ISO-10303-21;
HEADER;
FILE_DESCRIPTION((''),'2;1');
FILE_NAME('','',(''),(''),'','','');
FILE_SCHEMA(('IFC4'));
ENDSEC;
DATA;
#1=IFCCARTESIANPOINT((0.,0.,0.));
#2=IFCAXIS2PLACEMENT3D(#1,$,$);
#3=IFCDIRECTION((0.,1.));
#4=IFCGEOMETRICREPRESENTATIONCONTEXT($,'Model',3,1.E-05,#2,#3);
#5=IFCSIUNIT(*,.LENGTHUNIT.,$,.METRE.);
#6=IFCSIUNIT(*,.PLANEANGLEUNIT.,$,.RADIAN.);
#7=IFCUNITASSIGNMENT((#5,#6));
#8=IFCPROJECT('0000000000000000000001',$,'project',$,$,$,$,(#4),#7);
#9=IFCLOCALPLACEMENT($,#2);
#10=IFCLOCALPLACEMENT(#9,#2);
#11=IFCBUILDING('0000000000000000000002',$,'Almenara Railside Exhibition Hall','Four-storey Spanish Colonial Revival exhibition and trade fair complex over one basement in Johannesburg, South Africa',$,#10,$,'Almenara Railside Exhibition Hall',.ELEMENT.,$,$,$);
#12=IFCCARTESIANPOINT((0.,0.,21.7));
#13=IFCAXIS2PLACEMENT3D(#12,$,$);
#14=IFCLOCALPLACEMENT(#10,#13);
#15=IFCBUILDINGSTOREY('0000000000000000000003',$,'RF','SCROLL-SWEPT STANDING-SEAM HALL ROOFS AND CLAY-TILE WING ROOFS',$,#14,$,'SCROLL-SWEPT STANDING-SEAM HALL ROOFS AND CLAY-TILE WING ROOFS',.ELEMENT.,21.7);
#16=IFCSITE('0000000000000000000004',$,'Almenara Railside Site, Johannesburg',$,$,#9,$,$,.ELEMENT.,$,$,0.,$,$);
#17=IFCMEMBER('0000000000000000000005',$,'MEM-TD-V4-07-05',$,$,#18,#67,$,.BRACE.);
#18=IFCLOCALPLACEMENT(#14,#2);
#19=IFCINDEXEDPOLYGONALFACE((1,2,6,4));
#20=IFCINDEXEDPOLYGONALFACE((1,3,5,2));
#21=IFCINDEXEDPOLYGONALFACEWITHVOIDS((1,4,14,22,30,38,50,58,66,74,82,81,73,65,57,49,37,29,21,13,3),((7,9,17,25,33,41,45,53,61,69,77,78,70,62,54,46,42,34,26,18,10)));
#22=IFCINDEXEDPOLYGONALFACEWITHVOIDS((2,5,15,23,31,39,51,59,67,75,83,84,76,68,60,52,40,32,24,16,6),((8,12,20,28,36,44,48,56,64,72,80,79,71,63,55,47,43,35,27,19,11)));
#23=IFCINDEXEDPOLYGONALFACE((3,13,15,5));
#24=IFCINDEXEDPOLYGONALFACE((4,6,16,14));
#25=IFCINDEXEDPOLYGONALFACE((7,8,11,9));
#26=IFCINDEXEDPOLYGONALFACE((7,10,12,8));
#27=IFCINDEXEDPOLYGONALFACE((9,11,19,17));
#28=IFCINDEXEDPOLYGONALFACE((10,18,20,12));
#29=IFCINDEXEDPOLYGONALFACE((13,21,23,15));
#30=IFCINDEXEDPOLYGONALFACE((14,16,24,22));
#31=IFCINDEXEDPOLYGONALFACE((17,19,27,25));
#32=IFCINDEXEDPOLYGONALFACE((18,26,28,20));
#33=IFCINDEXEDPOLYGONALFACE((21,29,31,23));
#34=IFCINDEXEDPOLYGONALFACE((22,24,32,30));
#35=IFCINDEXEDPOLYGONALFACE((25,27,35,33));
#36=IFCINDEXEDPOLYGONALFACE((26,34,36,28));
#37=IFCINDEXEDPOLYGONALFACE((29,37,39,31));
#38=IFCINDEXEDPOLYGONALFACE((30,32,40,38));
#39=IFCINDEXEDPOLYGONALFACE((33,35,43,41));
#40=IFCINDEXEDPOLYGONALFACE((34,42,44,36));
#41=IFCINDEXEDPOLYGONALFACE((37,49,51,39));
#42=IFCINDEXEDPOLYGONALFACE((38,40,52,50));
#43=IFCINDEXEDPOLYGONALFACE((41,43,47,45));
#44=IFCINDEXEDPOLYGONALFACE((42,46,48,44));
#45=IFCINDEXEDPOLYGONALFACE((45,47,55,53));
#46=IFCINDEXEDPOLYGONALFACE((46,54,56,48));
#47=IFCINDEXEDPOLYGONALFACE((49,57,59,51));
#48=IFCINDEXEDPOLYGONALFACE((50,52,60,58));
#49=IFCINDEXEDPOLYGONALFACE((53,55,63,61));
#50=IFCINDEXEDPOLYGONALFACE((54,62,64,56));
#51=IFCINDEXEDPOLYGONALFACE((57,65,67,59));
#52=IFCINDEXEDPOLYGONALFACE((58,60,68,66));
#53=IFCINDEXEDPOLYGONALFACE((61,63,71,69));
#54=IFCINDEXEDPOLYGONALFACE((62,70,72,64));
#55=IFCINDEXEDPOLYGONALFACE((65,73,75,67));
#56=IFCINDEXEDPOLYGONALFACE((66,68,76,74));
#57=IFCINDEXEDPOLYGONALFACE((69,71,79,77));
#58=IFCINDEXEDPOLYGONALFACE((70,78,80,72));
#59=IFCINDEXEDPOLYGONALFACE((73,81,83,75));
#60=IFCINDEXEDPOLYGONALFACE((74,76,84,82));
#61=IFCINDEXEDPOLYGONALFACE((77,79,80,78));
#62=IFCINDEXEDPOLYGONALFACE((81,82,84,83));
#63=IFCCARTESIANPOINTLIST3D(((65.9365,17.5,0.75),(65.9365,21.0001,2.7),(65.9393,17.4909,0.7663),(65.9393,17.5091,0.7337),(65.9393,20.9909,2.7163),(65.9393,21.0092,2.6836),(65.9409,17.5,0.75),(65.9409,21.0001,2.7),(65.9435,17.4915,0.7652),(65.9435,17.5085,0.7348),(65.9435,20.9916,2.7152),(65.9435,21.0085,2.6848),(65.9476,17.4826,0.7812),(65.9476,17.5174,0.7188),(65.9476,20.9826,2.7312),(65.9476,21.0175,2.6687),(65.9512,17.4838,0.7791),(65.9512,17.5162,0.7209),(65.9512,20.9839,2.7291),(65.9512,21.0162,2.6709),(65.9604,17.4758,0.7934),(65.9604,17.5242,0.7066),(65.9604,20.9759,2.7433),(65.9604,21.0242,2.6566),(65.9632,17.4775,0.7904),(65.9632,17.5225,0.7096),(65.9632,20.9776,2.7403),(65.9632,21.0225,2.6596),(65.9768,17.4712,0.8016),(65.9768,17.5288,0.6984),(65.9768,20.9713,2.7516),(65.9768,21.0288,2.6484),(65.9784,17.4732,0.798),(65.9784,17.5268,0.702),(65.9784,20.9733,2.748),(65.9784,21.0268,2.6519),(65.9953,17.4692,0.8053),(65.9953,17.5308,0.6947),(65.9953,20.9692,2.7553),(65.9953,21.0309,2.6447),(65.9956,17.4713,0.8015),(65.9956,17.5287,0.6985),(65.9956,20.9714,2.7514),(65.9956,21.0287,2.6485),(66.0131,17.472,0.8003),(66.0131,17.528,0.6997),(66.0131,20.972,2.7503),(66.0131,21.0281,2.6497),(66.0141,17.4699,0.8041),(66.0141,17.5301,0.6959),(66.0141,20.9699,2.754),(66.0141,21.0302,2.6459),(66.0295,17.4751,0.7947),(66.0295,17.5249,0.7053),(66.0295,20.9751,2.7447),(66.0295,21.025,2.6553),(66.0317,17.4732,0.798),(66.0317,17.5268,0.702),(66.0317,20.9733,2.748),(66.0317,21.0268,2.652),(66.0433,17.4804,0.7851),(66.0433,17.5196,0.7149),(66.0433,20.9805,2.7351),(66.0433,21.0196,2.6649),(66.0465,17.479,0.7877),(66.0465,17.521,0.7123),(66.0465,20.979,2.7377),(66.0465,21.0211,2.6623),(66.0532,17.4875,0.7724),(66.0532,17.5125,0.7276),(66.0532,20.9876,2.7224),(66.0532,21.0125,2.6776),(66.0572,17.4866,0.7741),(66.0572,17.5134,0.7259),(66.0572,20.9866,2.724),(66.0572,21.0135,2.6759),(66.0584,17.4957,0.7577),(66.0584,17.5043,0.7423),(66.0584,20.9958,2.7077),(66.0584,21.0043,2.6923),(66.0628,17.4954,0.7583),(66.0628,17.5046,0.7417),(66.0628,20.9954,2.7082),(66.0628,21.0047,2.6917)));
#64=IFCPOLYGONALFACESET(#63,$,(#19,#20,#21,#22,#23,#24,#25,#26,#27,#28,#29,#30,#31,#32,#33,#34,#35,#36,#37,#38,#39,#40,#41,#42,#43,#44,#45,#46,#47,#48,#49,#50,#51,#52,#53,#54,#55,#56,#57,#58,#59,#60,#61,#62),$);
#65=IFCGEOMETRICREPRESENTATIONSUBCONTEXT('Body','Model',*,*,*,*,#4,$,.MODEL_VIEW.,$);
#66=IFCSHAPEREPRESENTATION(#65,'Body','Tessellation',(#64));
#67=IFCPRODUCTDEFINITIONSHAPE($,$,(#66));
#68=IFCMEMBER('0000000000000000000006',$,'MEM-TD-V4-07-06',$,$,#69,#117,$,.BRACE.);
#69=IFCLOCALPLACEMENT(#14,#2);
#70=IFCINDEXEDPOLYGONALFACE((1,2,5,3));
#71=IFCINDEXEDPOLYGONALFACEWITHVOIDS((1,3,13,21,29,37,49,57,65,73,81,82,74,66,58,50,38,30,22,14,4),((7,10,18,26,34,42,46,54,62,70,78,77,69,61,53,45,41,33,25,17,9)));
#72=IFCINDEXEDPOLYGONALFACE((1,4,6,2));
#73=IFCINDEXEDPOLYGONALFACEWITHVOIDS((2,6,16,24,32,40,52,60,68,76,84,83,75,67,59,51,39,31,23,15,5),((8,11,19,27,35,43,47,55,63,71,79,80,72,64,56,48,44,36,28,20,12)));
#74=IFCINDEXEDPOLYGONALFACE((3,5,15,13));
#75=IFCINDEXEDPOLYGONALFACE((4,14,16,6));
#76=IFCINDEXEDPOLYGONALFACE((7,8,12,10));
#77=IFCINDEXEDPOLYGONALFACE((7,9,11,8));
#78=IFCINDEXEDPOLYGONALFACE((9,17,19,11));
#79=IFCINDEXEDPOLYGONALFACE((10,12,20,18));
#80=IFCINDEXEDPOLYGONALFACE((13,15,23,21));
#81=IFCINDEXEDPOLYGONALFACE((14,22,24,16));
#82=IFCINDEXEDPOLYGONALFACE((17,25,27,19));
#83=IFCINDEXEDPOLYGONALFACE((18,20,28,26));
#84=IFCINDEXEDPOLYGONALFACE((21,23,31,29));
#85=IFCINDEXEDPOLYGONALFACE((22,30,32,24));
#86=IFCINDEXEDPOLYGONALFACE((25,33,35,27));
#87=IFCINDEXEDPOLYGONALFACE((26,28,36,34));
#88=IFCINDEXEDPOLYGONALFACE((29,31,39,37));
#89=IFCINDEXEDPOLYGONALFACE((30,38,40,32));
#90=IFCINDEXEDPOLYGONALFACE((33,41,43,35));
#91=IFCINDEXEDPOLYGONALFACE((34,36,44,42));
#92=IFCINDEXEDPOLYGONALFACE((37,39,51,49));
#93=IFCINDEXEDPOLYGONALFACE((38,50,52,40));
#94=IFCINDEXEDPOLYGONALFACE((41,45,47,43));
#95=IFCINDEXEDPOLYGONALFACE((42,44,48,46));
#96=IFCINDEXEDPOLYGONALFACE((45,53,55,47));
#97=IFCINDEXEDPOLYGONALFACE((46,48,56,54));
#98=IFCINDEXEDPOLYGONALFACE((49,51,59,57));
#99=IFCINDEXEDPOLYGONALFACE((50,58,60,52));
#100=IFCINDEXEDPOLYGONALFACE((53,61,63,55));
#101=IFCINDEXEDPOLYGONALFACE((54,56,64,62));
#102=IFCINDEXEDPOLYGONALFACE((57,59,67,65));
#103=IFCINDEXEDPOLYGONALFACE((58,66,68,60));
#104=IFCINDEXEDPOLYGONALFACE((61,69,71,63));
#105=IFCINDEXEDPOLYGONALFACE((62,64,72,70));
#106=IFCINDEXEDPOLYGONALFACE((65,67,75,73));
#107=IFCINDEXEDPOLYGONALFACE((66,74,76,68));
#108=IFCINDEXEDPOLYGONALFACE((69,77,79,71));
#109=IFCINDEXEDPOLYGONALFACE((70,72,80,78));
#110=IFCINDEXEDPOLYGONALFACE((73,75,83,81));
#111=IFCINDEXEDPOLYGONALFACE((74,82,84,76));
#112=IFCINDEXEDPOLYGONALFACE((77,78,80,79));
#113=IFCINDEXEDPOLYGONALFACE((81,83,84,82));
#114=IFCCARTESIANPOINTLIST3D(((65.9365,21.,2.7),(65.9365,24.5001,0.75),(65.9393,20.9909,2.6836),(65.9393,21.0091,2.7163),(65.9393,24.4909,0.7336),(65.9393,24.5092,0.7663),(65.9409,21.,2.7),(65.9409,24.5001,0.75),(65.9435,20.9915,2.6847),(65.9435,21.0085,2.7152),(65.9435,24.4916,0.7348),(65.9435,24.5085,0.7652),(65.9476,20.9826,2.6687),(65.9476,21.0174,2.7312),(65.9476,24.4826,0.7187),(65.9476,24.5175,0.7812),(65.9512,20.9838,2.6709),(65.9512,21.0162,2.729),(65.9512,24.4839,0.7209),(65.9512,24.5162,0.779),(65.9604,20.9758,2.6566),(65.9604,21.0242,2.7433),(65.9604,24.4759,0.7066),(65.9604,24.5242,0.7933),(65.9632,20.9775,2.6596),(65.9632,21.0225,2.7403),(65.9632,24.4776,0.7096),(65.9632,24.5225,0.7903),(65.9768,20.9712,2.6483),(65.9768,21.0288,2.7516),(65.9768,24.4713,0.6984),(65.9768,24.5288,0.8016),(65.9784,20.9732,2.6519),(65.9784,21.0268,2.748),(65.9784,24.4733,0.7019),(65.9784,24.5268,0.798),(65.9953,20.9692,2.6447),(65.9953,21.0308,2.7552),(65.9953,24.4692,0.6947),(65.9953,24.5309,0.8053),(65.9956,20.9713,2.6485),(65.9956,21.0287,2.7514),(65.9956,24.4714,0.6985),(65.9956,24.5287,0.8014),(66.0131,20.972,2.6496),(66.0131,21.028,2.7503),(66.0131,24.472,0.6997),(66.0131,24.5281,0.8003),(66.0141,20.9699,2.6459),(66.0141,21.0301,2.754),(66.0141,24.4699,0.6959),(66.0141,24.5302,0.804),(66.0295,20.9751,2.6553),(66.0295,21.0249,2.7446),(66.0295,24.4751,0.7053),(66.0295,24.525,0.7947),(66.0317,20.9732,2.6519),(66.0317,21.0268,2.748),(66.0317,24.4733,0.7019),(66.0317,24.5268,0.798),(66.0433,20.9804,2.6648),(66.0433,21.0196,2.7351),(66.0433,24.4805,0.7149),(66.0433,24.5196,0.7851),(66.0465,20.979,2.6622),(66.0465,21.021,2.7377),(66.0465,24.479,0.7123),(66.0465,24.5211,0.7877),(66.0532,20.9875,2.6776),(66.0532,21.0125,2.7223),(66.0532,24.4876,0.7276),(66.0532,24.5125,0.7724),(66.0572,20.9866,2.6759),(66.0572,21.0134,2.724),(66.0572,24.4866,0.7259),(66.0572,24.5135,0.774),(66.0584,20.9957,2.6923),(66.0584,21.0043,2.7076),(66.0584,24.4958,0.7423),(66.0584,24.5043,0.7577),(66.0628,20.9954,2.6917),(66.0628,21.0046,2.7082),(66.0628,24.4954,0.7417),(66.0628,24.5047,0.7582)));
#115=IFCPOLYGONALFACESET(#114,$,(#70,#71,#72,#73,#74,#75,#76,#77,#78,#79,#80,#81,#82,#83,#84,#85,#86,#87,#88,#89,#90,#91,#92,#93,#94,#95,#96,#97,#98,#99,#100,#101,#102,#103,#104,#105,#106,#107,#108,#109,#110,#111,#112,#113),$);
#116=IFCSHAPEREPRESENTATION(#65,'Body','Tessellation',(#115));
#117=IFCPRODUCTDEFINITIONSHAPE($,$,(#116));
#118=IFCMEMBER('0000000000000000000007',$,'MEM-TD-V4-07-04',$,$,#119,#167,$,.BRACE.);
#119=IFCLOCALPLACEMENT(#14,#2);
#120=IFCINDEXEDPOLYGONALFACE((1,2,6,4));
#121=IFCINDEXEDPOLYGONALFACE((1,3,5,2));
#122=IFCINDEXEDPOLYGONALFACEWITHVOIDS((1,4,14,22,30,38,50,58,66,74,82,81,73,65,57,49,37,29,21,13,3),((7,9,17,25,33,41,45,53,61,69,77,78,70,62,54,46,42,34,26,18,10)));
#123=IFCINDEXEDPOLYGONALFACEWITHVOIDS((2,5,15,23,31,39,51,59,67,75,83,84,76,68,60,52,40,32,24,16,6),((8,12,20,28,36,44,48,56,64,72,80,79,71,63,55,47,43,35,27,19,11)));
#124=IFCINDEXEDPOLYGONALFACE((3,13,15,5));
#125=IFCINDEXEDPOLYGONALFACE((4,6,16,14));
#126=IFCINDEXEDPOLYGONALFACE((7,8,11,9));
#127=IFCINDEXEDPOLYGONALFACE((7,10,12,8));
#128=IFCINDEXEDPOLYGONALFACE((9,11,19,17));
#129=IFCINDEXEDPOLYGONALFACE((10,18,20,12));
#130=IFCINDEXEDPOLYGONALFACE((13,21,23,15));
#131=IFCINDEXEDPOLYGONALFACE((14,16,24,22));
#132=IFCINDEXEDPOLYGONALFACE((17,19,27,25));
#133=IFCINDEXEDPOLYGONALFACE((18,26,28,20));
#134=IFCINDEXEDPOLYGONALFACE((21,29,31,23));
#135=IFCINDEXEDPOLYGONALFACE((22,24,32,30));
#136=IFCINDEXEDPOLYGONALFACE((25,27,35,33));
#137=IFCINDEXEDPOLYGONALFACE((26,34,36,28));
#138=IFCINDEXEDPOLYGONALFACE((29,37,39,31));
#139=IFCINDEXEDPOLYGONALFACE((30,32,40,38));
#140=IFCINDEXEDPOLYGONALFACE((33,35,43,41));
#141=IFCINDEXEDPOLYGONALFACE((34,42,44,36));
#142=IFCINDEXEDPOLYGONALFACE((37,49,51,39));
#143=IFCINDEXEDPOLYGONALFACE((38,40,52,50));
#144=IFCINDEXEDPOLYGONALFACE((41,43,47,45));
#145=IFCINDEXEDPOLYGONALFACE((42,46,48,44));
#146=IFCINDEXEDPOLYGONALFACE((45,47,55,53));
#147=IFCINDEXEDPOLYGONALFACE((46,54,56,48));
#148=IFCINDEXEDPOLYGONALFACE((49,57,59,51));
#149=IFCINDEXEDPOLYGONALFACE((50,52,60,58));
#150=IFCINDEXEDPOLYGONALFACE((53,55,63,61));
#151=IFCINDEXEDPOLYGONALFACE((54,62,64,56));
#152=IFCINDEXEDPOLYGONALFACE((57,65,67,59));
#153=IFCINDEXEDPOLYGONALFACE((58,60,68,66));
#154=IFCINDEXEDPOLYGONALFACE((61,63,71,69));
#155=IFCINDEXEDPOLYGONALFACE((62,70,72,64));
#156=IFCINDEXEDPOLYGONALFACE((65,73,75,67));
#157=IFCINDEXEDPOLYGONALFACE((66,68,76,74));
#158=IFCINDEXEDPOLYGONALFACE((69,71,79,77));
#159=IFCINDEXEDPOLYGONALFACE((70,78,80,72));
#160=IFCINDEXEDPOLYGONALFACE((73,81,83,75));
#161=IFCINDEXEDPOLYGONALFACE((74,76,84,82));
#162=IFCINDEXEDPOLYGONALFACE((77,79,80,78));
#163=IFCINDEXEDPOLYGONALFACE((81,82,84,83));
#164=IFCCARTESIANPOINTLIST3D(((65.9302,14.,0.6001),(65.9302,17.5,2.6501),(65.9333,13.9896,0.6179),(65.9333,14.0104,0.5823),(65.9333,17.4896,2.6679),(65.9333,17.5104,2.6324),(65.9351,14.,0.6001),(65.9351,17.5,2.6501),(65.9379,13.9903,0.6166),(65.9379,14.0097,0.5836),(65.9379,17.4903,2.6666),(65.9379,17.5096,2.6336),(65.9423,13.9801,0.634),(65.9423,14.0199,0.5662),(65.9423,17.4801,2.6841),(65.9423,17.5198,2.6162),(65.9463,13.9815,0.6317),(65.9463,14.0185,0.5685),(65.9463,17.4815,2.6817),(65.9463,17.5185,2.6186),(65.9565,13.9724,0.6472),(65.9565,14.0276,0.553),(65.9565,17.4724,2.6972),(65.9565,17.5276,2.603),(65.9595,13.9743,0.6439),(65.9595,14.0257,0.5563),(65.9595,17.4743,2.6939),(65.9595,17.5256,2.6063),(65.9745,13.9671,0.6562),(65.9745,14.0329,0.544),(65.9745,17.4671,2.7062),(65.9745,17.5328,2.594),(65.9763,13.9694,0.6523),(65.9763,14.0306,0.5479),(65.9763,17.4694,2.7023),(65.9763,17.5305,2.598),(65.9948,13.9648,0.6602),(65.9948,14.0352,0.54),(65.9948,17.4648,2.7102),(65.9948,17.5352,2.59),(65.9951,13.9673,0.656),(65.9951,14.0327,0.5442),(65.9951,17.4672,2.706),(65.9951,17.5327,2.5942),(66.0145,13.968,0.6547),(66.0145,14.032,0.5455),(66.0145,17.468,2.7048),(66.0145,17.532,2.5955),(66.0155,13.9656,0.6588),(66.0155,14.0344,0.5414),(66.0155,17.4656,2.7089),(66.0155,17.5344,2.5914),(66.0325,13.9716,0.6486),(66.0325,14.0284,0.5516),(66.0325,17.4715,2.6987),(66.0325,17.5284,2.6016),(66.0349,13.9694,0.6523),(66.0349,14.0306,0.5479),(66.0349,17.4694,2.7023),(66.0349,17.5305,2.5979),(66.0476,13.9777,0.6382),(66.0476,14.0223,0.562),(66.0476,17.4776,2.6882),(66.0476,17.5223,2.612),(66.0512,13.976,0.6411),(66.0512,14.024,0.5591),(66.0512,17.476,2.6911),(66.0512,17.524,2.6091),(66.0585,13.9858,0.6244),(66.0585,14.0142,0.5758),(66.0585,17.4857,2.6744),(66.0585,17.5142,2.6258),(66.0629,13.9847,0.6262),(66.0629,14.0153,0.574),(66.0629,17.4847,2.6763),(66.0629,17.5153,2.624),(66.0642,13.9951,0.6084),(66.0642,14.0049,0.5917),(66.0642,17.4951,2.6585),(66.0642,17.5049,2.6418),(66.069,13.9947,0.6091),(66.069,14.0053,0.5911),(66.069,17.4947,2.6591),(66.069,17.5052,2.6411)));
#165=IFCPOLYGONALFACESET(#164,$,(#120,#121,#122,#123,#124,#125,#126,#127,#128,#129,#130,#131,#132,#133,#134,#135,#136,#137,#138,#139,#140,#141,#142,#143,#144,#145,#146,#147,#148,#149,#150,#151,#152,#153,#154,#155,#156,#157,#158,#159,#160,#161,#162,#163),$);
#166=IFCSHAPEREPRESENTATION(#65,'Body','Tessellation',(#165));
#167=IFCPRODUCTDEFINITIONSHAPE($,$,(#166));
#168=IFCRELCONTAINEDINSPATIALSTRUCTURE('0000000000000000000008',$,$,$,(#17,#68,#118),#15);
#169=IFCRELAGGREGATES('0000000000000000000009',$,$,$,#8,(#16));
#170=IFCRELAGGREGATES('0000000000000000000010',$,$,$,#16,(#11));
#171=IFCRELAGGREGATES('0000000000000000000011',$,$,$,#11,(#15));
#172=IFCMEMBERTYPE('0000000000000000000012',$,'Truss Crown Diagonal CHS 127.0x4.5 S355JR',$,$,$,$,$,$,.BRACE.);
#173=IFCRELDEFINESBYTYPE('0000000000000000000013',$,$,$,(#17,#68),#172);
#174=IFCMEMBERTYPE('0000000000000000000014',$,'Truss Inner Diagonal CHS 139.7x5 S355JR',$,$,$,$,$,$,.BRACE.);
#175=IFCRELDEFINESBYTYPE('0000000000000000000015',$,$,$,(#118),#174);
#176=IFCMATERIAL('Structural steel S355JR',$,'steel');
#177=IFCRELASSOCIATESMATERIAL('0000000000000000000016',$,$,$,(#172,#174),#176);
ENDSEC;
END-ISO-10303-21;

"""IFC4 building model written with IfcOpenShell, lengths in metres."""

from ifc_helpers import new_model, si_unit, direction, frame, origin, origin_2d, place, context, subcontext, project, spatial, hollow_circle, extrude, material, material_profile, profile_set, type_object, element, save


model = new_model("IFC4")

# Units and contexts
model_context = context("Model", 3, precision=1e-05, world=origin(), true_north=direction((0.0, 1.0)))
body_context = subcontext(model_context, "Body", "Model", "MODEL_VIEW")
ifc_project = project(units=[si_unit("LENGTHUNIT", "METRE"), si_unit("PLANEANGLEUNIT", "RADIAN")], contexts=[model_context])

# Site, building, storey
site_placement = place(None, origin())
site = spatial("IfcSite", under=ifc_project, at=site_placement, Name="Almenara Railside Site, Johannesburg", CompositionType="ELEMENT", RefElevation=0.0)
building_placement = place(site_placement, origin())
building = spatial("IfcBuilding", under=site, at=building_placement, Name="Almenara Railside Exhibition Hall", Description="Four-storey Spanish Colonial Revival exhibition and trade fair complex over one basement in Johannesburg, South Africa", LongName="Almenara Railside Exhibition Hall", CompositionType="ELEMENT")
storey_placement = place(building_placement, frame((0.0, 0.0, 21.7)))
storey = spatial("IfcBuildingStorey", under=building, at=storey_placement, Name="RF", Description="SCROLL-SWEPT STANDING-SEAM HALL ROOFS AND CLAY-TILE WING ROOFS", LongName="SCROLL-SWEPT STANDING-SEAM HALL ROOFS AND CLAY-TILE WING ROOFS", CompositionType="ELEMENT", Elevation=21.7)

# Members
ifc_material_1 = material(Name="Structural steel S355JR", Category="steel")
ifc_material_profile_1 = material_profile(ifc_material_1, hollow_circle(Radius=0.0635, WallThickness=0.0044, at=origin_2d()), Name="CHS 127.0x4.5")
ifc_profile_set_1 = profile_set([ifc_material_profile_1], Name="Structural steel S355JR")
member_type_1 = type_object("IfcMemberType", Name="Truss Crown Diagonal CHS 127.0x4.5 S355JR", PredefinedType="BRACE", material=ifc_profile_set_1)
for number, where, z_axis, x_axis, name in (
    (1, (66.0, 17.5, 0.75), (0.0, 0.873573, 0.486693), (-1.0, 0.0, 0.0), "MEM-TD-V4-07-05"),
    (2, (66.0, 21.0, 2.7), (0.0, 0.873573, -0.486693), (-1.0, 0.0, 0.0), "MEM-TD-V4-07-06"),
):
    element("IfcMember", number, at=place(storey_placement, frame(where, z_axis=z_axis, x_axis=x_axis)), inside=storey, type_object=member_type_1, Name=name, PredefinedType="BRACE", context=body_context, shape_type="SweptSolid", body=[
        extrude(hollow_circle(Radius=0.0635, WallThickness=0.0044, at=origin_2d()), origin(), (0.0, 0.0, 1.0), 4.0066),
    ])
ifc_material_profile_2 = material_profile(ifc_material_1, hollow_circle(Radius=0.0698, WallThickness=0.0049, at=origin_2d()), Name="CHS 139.7x5")
ifc_profile_set_2 = profile_set([ifc_material_profile_2], Name="Structural steel S355JR")
member_type_2 = type_object("IfcMemberType", Name="Truss Inner Diagonal CHS 139.7x5 S355JR", PredefinedType="BRACE", material=ifc_profile_set_2)
member_1_placement = place(storey_placement, frame((66.0, 14.0, 0.6001), z_axis=(0.0, 0.862878, 0.505412), x_axis=(-1.0, 0.0, 0.0)))
element("IfcMember", 3, at=member_1_placement, inside=storey, type_object=member_type_2, Name="MEM-TD-V4-07-04", PredefinedType="BRACE", context=body_context, shape_type="SweptSolid", body=[
    extrude(hollow_circle(Radius=0.0698, WallThickness=0.0049, at=origin_2d()), origin(), (0.0, 0.0, 1.0), 4.0562),
])

save(model, "model.ifc")
